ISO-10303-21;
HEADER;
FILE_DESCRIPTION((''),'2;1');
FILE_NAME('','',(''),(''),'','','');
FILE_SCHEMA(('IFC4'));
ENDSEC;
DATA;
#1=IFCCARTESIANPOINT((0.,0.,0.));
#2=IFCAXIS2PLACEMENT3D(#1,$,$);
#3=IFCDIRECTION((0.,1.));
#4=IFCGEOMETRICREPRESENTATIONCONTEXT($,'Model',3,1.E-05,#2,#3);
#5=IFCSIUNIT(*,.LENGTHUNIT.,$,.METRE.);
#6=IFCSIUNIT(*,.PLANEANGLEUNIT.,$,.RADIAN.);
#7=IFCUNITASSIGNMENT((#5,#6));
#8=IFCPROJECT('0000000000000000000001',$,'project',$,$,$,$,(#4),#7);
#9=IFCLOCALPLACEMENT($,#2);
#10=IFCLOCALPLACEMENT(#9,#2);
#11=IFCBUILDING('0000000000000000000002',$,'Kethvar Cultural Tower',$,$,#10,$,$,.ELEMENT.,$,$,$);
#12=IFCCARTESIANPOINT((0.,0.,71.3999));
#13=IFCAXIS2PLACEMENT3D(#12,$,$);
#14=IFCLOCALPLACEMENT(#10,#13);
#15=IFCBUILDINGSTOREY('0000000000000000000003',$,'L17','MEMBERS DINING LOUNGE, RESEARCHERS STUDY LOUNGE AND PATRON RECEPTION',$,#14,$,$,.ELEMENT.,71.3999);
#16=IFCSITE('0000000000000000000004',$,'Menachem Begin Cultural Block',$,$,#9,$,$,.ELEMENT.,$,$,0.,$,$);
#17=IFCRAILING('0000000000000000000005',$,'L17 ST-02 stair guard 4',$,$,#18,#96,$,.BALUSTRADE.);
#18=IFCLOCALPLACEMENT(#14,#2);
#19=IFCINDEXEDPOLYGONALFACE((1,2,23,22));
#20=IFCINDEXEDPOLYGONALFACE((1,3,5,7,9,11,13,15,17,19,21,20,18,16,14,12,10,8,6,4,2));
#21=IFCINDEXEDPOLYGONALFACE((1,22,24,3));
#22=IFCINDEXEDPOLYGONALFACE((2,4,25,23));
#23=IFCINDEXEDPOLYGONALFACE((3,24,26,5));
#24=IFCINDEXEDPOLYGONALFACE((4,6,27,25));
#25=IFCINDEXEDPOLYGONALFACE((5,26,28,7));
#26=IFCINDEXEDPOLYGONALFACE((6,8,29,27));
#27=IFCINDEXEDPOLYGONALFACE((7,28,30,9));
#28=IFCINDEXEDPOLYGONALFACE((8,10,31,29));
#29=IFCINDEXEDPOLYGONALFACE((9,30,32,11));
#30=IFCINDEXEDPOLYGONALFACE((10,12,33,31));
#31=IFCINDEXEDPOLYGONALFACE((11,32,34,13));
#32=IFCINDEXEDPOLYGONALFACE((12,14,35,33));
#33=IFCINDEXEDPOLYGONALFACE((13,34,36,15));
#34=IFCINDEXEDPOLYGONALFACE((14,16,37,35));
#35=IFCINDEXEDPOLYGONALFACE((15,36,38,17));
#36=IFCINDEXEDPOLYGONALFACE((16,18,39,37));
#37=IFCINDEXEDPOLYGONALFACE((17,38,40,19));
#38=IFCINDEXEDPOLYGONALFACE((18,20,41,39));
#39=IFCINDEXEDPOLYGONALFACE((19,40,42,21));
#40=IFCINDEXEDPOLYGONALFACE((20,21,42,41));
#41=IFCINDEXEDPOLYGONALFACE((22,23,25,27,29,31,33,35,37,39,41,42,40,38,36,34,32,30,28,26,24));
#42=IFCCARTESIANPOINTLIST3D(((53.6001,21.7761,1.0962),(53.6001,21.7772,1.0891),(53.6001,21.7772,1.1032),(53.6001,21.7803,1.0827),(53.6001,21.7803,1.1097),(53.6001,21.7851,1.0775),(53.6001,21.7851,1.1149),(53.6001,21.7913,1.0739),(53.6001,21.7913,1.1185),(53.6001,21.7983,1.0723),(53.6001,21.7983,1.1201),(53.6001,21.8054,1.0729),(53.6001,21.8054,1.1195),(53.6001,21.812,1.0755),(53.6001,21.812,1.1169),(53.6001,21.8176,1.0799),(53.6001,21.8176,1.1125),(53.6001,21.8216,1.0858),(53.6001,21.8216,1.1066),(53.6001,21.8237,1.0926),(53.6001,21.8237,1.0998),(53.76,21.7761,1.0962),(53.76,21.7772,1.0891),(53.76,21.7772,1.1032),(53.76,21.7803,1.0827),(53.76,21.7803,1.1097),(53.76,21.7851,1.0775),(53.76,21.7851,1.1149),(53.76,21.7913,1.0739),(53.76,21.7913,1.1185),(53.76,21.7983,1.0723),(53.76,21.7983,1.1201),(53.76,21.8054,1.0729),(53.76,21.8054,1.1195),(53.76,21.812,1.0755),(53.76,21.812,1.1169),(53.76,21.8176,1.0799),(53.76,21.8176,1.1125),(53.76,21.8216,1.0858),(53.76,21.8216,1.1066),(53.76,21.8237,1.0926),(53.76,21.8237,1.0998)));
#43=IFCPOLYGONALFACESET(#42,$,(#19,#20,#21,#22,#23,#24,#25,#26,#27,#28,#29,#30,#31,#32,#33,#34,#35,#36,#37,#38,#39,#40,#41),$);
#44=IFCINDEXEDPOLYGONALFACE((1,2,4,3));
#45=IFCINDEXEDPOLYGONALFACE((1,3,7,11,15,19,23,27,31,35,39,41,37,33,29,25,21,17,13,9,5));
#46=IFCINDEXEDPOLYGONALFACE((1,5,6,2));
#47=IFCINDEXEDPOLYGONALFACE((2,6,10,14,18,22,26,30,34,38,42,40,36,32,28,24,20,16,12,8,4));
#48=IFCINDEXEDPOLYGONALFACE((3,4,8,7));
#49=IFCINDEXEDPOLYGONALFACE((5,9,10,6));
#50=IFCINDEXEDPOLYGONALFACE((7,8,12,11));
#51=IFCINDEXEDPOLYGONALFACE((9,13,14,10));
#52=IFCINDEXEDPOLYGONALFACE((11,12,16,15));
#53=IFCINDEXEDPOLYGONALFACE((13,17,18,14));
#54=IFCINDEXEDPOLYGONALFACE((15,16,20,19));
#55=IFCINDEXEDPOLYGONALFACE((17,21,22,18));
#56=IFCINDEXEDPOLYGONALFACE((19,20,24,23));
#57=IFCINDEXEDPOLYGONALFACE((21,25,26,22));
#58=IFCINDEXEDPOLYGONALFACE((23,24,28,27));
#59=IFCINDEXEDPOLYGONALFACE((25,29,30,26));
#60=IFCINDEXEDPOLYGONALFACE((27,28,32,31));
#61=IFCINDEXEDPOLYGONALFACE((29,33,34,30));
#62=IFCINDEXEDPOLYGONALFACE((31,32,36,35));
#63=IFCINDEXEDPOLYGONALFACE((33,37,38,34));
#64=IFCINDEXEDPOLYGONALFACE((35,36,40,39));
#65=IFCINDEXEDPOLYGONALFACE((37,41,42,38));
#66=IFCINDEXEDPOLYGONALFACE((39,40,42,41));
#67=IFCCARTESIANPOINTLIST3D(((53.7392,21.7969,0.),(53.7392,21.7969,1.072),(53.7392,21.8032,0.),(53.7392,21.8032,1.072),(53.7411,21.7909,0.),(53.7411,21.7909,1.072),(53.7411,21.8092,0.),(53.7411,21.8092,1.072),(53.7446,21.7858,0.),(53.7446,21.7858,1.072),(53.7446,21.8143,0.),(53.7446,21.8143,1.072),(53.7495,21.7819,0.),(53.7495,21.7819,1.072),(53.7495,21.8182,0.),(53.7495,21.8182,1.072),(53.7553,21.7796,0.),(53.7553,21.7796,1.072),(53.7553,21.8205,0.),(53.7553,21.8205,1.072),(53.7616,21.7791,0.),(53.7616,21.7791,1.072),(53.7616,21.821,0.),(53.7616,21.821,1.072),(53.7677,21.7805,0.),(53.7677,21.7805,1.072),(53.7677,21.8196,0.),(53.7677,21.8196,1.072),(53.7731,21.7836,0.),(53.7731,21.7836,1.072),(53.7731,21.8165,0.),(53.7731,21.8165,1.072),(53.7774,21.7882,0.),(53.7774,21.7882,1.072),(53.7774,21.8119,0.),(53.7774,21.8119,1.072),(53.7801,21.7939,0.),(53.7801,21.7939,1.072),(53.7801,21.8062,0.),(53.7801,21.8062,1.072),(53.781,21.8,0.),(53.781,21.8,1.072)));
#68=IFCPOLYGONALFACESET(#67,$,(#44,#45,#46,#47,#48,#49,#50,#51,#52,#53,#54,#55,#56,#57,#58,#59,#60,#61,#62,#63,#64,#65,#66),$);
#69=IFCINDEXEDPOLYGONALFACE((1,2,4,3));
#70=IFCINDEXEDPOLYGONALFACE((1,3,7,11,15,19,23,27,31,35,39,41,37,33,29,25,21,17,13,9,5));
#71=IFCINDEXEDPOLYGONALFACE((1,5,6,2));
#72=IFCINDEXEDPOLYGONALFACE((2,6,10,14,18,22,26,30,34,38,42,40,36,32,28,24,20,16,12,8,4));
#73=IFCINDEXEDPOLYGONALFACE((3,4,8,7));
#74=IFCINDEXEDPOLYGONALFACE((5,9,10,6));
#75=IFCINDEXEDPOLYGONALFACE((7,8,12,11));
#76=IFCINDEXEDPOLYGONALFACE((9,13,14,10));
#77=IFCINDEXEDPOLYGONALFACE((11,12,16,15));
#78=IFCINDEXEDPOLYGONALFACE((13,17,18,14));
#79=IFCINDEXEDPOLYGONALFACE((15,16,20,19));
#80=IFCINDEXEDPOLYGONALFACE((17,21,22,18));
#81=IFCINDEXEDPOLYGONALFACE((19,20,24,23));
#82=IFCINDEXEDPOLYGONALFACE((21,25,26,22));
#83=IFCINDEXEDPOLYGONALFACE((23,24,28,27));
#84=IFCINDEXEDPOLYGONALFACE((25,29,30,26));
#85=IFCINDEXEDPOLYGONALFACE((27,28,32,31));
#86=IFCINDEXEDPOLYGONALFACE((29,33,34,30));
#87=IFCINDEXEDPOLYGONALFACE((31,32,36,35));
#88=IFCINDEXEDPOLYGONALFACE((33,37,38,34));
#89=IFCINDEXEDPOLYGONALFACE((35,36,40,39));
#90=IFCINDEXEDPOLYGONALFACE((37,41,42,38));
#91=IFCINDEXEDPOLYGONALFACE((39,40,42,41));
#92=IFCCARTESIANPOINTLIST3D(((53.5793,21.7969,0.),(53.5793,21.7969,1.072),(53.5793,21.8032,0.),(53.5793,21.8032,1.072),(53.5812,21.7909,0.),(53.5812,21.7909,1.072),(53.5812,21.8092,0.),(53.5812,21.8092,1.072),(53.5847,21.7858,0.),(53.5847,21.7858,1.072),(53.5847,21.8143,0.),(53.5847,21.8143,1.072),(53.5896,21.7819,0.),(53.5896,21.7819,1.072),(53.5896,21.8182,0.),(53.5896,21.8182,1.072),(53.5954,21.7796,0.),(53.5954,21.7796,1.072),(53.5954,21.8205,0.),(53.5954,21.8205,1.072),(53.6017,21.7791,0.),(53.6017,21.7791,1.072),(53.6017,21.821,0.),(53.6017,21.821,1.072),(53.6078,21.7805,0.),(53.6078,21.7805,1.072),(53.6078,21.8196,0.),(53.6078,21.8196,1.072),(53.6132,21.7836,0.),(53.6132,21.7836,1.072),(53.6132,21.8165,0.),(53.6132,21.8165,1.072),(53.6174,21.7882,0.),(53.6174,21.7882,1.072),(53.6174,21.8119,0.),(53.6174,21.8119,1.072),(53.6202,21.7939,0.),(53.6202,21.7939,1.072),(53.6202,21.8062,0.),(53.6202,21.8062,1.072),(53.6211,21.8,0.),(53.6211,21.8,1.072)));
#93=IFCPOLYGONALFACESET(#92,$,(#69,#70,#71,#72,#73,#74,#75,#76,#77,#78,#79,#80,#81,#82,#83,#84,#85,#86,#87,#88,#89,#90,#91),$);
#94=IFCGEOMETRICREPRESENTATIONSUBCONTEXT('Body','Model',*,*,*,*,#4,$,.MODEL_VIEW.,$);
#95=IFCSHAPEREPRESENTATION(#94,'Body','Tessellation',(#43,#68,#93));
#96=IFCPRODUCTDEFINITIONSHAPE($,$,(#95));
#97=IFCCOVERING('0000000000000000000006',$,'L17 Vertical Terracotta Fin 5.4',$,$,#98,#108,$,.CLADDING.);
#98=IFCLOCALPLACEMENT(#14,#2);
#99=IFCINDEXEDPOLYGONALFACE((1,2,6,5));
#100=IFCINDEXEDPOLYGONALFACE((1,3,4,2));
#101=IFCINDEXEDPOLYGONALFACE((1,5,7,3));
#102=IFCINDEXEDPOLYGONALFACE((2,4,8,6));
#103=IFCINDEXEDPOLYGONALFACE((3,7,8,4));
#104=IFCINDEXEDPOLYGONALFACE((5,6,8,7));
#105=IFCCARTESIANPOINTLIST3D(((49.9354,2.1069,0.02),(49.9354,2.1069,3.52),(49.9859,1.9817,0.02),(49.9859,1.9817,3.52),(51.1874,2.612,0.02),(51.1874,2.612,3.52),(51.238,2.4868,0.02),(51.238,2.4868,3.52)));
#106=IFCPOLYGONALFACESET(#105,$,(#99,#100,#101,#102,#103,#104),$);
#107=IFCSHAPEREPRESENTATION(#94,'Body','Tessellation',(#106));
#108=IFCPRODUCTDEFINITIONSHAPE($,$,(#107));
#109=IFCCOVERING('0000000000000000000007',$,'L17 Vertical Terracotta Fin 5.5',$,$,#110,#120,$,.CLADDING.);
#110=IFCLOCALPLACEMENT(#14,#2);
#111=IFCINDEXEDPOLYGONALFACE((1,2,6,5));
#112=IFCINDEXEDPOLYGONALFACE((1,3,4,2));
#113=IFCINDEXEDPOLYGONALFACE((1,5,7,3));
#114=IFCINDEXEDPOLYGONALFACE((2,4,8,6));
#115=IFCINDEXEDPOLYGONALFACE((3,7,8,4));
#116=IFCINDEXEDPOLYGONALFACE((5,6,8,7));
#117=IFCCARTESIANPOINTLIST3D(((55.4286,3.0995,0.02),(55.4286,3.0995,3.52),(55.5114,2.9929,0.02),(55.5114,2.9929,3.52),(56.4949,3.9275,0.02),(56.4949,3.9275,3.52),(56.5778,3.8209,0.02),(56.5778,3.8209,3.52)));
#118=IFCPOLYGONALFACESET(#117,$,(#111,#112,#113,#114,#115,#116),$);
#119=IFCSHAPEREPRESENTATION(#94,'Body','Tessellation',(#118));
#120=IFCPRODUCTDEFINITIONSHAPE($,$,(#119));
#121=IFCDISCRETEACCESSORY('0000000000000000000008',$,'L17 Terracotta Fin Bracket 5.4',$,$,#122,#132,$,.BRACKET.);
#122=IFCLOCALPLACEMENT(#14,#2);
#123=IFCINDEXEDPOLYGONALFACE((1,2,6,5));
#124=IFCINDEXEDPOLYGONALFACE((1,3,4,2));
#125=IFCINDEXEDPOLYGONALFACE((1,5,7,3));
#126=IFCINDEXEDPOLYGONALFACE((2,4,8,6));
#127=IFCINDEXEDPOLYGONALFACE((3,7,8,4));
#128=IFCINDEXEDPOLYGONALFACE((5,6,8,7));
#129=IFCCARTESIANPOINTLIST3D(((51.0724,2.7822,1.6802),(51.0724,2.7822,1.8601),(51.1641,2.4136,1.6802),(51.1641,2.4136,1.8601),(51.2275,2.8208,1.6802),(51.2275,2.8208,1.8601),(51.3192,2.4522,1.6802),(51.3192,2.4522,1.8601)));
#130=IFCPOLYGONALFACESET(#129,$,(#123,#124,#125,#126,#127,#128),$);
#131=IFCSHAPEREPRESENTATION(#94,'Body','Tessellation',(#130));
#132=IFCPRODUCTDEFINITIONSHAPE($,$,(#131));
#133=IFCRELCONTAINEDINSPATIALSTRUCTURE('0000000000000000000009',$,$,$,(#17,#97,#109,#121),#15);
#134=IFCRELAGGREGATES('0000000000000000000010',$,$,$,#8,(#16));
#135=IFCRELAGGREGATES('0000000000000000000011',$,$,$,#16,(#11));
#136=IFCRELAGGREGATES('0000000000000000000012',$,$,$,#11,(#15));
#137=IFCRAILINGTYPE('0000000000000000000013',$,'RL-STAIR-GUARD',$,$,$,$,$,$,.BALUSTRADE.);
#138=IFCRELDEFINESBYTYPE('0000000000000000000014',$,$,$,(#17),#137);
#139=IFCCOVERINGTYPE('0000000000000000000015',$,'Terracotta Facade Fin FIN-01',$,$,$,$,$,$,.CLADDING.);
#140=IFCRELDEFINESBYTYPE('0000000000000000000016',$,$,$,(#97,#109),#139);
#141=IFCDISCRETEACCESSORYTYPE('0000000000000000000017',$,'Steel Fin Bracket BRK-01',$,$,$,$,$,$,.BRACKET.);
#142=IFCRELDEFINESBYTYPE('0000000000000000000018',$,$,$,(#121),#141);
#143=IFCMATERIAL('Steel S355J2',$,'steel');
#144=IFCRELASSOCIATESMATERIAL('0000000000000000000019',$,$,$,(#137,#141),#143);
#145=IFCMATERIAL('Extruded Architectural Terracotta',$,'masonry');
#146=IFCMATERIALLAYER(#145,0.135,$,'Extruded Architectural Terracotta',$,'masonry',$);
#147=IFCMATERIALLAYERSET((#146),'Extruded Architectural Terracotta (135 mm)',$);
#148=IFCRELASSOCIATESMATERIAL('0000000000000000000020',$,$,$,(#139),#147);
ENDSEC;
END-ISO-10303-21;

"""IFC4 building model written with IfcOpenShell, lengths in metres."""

from ifc_helpers import new_model, si_unit, direction, frame, origin, origin_2d, place, context, subcontext, project, spatial, rectangle, circle, extrude, source, transform, mapped, material, layer, layer_set, type_object, element, save


model = new_model("IFC4")

# Units and contexts
model_context = context("Model", 3, precision=1e-05, world=origin(), true_north=direction((0.0, 1.0)))
body_context = subcontext(model_context, "Body", "Model", "MODEL_VIEW")
ifc_project = project(units=[si_unit("LENGTHUNIT", "METRE"), si_unit("PLANEANGLEUNIT", "RADIAN")], contexts=[model_context])

# Site, building, storey
site_placement = place(None, origin())
site = spatial("IfcSite", under=ifc_project, at=site_placement, Name="Menachem Begin Cultural Block", CompositionType="ELEMENT", RefElevation=0.0)
building_placement = place(site_placement, origin())
building = spatial("IfcBuilding", under=site, at=building_placement, Name="Kethvar Cultural Tower", CompositionType="ELEMENT")
storey_placement = place(building_placement, frame((0.0, 0.0, 71.3999)))
storey = spatial("IfcBuildingStorey", under=building, at=storey_placement, Name="L17", Description="MEMBERS DINING LOUNGE, RESEARCHERS STUDY LOUNGE AND PATRON RECEPTION", CompositionType="ELEMENT", Elevation=71.3999)

# Shared definitions
ifc_material_1 = material(Name="Steel S355J2", Category="steel")

# Railing
railing_type = type_object("IfcRailingType", Name="RL-STAIR-GUARD", PredefinedType="BALUSTRADE", material=ifc_material_1)
railing_placement = place(storey_placement, frame((53.76, 21.8, 0.0)))
element("IfcRailing", 1, at=railing_placement, inside=storey, type_object=railing_type, Name="L17 ST-02 stair guard 4", PredefinedType="BALUSTRADE", context=body_context, shape_type="SweptSolid", body=[
    extrude(circle(Radius=0.0239, at=origin_2d()), frame((0.0, 0.0, 1.0962), z_axis=(-1.0, 0.0, 0.0), x_axis=(0.0, -1.0, 0.0)), (0.0, 0.0, 1.0), 0.1599),
    extrude(circle(Radius=0.021, at=origin_2d()), origin(), (0.0, 0.0, 1.0), 1.072),
    extrude(circle(Radius=0.021, at=origin_2d()), frame((-0.1599, 0.0, 0.0)), (0.0, 0.0, 1.0), 1.072),
])

# Coverings
ifc_material_2 = material(Name="Extruded Architectural Terracotta", Category="masonry")
ifc_layer_1 = layer(ifc_material_2, 0.135, Name="Extruded Architectural Terracotta", Category="masonry")
ifc_layer_set_1 = layer_set([ifc_layer_1], Name="Extruded Architectural Terracotta (135 mm)")
covering_type = type_object("IfcCoveringType", Name="Terracotta Facade Fin FIN-01", PredefinedType="CLADDING", material=ifc_layer_set_1)
shared_shape_1 = source(origin(), body_context, "Body", "SweptSolid", [
    extrude(rectangle(XDim=1.3501, YDim=0.135, at=origin_2d()), origin(), (0.0, 0.0, 1.0), 3.5),
])
for number, where, z_axis, x_axis, name in (
    (2, (50.5867, 2.2969, 0.02), (0.0, 0.0, 1.0), (-0.92738, -0.374121, 0.0), "L17 Vertical Terracotta Fin 5.4"),
    (3, (56.0032, 3.4602, 0.02), (0.0, 0.0, 1.0), (-0.789834, -0.613321, 0.0), "L17 Vertical Terracotta Fin 5.5"),
):
    element("IfcCovering", number, at=place(storey_placement, frame(where, z_axis=z_axis, x_axis=x_axis)), inside=storey, type_object=covering_type, Name=name, PredefinedType="CLADDING", context=body_context, shape_type="MappedRepresentation", body=[
        mapped(shared_shape_1, transform((0.0, 0.0, 0.0), scale=1.0)),
    ])

# Discrete accessory
discrete_accessory_type = type_object("IfcDiscreteAccessoryType", Name="Steel Fin Bracket BRK-01", PredefinedType="BRACKET", material=ifc_material_1)
shared_shape_2 = source(origin(), body_context, "Body", "SweptSolid", [
    extrude(rectangle(XDim=0.3799, YDim=0.1599, at=origin_2d()), origin(), (0.0, 0.0, 1.0), 0.1799),
])
discrete_accessory_placement = place(storey_placement, frame((51.1958, 2.6172, 1.6802), z_axis=(0.0, 0.0, 1.0), x_axis=(0.241414, -0.970422, 0.0)))
element("IfcDiscreteAccessory", 4, at=discrete_accessory_placement, inside=storey, type_object=discrete_accessory_type, Name="L17 Terracotta Fin Bracket 5.4", PredefinedType="BRACKET", context=body_context, shape_type="MappedRepresentation", body=[
    mapped(shared_shape_2, transform((0.0, 0.0, 0.0), scale=1.0)),
])

save(model, "model.ifc")
